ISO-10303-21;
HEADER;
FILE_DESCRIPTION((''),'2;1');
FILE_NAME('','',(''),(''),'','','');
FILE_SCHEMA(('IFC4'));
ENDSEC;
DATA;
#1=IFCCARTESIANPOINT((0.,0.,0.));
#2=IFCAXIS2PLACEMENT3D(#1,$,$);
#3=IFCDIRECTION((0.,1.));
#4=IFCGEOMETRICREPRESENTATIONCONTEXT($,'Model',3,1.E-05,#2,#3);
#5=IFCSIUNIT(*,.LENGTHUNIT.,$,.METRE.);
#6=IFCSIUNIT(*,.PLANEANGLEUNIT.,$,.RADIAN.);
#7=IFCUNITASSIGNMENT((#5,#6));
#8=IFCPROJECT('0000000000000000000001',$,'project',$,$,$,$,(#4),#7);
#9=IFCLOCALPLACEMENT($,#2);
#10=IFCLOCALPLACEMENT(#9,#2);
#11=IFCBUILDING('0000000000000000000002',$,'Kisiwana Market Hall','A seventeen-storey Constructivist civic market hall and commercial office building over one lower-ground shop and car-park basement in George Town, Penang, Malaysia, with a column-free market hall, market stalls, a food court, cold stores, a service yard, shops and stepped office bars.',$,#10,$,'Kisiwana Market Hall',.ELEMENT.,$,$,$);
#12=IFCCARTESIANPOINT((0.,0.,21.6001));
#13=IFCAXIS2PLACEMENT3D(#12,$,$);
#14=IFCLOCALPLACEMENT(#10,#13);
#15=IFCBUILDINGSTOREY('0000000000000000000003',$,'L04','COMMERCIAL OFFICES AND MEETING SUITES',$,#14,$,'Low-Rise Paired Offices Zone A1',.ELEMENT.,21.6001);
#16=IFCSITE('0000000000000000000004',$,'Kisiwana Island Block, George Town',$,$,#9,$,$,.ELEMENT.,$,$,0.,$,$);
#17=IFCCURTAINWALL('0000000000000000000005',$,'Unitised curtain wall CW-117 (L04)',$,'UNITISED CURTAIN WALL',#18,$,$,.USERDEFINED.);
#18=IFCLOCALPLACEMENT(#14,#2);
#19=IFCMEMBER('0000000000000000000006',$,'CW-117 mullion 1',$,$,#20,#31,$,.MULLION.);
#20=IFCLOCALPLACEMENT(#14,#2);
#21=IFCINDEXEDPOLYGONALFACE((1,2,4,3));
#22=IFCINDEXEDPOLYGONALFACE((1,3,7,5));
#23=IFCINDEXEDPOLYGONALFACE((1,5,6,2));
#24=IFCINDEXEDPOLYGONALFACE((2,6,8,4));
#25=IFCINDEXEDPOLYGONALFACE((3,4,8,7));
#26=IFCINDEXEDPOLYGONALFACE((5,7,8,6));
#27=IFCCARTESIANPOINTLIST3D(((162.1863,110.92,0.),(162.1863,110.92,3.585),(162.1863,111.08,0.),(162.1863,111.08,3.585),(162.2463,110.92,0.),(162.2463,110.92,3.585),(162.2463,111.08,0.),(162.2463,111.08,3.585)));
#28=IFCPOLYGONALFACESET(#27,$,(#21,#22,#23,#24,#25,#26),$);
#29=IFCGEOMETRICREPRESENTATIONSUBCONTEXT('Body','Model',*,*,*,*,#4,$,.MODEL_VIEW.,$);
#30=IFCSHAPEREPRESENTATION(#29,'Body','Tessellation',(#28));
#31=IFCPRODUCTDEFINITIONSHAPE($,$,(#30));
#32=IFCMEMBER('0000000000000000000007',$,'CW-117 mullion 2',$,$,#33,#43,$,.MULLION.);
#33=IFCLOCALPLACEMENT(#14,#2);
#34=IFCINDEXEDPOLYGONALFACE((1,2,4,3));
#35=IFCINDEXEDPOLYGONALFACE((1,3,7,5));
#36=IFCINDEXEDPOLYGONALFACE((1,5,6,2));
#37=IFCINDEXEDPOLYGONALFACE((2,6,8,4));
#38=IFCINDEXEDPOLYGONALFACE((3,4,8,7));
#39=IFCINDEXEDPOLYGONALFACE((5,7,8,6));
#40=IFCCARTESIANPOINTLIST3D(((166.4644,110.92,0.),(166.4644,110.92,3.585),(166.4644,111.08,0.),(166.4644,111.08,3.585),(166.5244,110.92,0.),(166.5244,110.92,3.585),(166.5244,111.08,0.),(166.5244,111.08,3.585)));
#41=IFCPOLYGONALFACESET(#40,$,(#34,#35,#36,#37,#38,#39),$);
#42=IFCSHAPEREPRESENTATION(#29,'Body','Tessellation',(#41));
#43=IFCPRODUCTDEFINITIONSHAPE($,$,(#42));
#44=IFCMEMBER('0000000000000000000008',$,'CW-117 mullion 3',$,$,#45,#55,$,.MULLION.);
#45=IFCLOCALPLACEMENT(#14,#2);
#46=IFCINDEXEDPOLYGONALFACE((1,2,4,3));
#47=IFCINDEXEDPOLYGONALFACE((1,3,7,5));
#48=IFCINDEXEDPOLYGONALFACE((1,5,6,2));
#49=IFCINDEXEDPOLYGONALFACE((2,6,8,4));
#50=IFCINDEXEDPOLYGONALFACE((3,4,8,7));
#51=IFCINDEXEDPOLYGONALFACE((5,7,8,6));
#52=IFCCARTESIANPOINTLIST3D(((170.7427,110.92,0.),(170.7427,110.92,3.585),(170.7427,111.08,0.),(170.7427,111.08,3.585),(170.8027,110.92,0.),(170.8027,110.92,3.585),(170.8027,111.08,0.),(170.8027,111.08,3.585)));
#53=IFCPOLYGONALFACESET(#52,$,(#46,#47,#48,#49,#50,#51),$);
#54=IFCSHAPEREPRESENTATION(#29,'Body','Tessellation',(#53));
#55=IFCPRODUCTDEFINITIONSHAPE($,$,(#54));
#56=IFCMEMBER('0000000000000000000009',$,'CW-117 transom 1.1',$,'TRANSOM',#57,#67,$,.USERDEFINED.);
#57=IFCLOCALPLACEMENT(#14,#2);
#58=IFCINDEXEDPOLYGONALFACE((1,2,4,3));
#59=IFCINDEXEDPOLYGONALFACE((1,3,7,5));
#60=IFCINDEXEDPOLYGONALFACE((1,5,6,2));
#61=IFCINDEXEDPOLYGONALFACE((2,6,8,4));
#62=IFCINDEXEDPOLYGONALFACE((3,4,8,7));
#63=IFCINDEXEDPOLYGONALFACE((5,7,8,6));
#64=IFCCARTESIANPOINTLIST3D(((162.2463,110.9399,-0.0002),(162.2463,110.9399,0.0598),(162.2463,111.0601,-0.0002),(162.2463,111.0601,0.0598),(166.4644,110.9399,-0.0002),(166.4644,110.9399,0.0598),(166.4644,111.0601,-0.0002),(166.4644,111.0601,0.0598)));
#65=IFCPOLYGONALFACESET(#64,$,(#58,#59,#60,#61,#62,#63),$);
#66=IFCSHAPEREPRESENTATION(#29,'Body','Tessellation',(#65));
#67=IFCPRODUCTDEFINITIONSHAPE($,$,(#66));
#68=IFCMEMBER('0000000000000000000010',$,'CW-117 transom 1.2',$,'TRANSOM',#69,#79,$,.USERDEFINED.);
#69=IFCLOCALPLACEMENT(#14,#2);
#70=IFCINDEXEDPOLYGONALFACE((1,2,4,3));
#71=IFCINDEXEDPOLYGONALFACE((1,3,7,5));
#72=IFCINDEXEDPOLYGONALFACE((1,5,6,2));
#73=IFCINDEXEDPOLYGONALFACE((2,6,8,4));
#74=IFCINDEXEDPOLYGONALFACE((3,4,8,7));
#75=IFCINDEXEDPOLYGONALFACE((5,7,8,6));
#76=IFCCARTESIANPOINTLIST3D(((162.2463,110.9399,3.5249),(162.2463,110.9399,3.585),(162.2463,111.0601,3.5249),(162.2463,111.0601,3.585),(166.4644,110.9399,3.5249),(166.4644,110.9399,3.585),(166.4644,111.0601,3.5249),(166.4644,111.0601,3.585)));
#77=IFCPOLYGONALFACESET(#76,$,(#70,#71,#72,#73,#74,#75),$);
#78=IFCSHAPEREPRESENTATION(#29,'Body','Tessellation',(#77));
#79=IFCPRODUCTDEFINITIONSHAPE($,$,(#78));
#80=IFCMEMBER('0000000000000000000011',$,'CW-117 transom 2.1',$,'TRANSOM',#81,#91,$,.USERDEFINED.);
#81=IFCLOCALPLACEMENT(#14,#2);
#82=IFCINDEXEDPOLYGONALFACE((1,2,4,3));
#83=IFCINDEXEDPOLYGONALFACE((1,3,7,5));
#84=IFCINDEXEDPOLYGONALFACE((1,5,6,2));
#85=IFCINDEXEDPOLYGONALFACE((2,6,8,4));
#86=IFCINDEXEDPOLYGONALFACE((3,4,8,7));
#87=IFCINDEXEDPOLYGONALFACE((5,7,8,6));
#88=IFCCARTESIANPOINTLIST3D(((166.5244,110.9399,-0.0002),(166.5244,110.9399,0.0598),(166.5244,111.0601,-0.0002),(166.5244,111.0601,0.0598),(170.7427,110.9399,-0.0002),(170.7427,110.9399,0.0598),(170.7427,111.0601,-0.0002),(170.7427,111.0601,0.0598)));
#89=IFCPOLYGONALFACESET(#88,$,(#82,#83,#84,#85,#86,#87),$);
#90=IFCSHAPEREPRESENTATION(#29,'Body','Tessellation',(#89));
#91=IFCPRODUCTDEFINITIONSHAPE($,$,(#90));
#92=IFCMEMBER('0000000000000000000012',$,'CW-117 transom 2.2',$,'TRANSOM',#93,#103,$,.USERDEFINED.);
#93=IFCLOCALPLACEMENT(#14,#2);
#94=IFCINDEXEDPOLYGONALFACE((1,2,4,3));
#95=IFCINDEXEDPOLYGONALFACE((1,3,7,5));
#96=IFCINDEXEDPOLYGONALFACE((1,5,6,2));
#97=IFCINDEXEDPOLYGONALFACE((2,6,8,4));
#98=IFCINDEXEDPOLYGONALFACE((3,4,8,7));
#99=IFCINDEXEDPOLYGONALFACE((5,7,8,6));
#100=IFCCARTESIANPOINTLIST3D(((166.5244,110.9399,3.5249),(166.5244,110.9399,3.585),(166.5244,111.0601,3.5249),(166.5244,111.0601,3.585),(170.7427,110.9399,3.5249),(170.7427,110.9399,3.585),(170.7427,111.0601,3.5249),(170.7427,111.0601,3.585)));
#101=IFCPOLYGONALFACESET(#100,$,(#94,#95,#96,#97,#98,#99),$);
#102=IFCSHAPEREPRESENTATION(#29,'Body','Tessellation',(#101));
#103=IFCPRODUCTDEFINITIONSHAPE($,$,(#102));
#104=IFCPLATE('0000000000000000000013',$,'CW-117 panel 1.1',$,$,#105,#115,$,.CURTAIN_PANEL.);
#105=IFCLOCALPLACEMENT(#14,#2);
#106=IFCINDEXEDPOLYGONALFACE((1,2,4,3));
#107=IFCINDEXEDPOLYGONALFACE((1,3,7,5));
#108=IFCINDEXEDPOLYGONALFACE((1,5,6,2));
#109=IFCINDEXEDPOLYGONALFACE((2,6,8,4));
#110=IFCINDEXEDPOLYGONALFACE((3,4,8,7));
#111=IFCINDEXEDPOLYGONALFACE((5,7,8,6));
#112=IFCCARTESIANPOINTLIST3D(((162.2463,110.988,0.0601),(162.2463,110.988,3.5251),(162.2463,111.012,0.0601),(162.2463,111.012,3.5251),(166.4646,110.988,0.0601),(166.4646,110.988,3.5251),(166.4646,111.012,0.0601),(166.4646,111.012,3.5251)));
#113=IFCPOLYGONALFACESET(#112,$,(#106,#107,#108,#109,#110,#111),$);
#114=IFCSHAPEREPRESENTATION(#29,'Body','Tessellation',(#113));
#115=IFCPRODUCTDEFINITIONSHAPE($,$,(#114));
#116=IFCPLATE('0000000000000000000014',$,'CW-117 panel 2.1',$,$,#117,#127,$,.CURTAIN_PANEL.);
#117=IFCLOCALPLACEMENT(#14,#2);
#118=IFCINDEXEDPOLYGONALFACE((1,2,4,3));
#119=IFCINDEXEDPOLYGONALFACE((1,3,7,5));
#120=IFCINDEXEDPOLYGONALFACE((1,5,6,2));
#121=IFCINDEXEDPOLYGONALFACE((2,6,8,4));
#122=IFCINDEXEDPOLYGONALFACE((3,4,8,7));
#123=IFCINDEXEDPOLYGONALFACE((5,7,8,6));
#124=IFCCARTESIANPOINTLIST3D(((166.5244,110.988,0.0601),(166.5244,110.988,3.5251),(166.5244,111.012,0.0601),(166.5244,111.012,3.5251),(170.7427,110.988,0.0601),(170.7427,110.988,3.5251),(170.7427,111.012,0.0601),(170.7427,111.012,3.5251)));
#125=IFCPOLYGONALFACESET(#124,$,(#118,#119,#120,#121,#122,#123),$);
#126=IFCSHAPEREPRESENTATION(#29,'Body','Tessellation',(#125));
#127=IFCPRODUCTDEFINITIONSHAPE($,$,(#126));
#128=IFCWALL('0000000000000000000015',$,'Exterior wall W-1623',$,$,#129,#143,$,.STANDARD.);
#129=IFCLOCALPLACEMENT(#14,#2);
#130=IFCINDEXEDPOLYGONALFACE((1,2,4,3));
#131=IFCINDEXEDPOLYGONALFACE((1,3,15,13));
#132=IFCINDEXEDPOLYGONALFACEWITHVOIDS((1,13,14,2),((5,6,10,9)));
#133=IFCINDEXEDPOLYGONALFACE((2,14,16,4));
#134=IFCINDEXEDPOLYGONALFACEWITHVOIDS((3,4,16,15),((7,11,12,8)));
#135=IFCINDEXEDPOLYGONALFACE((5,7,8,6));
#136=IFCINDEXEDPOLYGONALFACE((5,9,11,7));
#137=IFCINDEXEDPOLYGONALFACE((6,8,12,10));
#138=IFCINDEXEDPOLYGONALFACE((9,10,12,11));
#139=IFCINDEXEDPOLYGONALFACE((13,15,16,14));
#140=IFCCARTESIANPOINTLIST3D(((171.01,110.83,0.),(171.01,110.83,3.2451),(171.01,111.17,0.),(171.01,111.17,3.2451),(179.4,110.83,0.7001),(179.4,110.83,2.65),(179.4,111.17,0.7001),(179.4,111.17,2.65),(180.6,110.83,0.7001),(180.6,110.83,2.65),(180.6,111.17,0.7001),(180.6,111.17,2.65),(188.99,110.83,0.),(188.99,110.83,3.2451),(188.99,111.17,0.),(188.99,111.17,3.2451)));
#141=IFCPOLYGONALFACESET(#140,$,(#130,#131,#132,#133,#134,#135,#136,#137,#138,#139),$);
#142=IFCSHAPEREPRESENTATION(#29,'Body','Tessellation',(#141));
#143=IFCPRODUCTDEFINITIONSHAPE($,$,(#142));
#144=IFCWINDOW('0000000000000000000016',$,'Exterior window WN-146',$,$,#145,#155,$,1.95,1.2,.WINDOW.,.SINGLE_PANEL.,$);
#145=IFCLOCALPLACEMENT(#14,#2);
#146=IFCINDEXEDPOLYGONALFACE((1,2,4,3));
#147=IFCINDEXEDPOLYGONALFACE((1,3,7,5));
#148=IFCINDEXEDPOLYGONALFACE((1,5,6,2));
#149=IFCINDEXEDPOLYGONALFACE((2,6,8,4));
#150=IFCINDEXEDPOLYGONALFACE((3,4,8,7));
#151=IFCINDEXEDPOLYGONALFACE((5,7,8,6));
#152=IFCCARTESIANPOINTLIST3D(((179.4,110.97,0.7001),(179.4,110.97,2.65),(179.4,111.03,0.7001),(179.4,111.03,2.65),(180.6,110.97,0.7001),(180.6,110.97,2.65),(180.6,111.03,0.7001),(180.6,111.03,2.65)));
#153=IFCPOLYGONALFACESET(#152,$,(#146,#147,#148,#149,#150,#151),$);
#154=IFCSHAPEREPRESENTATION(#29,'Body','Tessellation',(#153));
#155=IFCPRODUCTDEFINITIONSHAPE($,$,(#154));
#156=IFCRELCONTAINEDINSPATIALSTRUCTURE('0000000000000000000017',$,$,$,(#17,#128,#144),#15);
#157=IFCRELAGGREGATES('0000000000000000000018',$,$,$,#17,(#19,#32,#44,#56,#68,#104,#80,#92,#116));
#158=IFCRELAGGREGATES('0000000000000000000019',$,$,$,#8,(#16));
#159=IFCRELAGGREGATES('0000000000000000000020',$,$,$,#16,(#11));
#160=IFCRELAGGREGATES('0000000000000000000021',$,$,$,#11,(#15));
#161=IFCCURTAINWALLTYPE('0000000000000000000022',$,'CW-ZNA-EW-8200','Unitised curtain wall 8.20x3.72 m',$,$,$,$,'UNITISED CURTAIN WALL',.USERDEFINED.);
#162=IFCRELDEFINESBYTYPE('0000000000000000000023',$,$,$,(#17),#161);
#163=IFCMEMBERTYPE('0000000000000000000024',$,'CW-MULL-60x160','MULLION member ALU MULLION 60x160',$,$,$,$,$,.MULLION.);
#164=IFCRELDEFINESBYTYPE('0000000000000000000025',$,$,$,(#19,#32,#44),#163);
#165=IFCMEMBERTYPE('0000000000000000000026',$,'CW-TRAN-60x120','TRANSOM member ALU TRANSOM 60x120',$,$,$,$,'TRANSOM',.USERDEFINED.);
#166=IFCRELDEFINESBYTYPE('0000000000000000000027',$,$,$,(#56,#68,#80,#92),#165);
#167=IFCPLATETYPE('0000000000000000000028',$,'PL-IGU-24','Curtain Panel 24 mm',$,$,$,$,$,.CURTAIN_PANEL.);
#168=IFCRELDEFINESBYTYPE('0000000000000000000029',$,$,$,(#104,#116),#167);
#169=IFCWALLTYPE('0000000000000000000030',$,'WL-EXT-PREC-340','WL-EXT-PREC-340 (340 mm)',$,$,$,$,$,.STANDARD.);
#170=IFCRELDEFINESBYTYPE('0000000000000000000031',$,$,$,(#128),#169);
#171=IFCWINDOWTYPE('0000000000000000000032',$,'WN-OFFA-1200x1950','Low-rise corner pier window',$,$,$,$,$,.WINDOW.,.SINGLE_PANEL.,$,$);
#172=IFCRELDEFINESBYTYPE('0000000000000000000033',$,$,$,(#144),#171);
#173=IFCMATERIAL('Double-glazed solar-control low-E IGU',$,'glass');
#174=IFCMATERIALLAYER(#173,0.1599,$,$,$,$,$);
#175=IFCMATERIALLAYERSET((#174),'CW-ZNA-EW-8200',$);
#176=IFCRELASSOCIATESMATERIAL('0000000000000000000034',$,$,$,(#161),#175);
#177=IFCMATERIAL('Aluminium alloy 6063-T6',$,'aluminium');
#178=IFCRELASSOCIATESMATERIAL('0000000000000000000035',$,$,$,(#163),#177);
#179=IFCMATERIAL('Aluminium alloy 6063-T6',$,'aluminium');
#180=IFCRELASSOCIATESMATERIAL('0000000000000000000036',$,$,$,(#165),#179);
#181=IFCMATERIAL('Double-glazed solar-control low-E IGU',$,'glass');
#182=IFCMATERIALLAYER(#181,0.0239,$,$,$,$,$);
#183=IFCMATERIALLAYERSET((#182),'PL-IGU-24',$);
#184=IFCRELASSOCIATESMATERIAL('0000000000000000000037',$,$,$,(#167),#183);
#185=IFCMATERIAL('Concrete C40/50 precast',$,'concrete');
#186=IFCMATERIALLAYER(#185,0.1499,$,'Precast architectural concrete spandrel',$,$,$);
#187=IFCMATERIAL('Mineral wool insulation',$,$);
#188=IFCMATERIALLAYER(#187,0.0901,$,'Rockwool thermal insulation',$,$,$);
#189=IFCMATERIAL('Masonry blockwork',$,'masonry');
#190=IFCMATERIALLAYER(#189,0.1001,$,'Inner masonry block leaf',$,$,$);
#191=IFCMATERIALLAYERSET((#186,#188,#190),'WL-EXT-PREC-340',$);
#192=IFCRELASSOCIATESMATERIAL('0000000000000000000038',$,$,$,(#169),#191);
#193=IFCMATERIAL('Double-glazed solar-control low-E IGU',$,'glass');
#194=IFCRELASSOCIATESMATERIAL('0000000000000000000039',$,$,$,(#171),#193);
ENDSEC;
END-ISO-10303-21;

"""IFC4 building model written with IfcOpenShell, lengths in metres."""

from ifc_helpers import new_model, si_unit, direction, frame, frame_2d, origin, origin_2d, place, context, subcontext, project, spatial, rectangle, extrude, material, layer, layer_set, material_profile, profile_set, type_object, element, fill, aggregate, save


model = new_model("IFC4")

# Units and contexts
model_context = context("Model", 3, precision=1e-05, world=origin(), true_north=direction((0.0, 1.0)))
body_context = subcontext(model_context, "Body", "Model", "MODEL_VIEW")
ifc_project = project(units=[si_unit("LENGTHUNIT", "METRE"), si_unit("PLANEANGLEUNIT", "RADIAN")], contexts=[model_context])

# Site, building, storey
site_placement = place(None, origin())
site = spatial("IfcSite", under=ifc_project, at=site_placement, Name="Kisiwana Island Block, George Town", CompositionType="ELEMENT", RefElevation=0.0)
building_placement = place(site_placement, origin())
building = spatial("IfcBuilding", under=site, at=building_placement, Name="Kisiwana Market Hall", Description="A seventeen-storey Constructivist civic market hall and commercial office building over one lower-ground shop and car-park basement in George Town, Penang, Malaysia, with a column-free market hall, market stalls, a food court, cold stores, a service yard, shops and stepped office bars.", LongName="Kisiwana Market Hall", CompositionType="ELEMENT")
storey_placement = place(building_placement, frame((0.0, 0.0, 21.6001)))
storey = spatial("IfcBuildingStorey", under=building, at=storey_placement, Name="L04", Description="COMMERCIAL OFFICES AND MEETING SUITES", LongName="Low-Rise Paired Offices Zone A1", CompositionType="ELEMENT", Elevation=21.6001)

# Curtain wall, members, plates
ifc_material_1 = material(Name="Double-glazed solar-control low-E IGU", Category="glass")
ifc_layer_1 = layer(ifc_material_1, 0.1599)
ifc_layer_set_1 = layer_set([ifc_layer_1], Name="CW-ZNA-EW-8200")
curtain_wall_type = type_object("IfcCurtainWallType", Name="CW-ZNA-EW-8200", Description="Unitised curtain wall 8.20x3.72 m", ElementType="UNITISED CURTAIN WALL", PredefinedType="USERDEFINED", material=ifc_layer_set_1)
curtain_wall_placement = place(storey_placement, origin())
curtain_wall = element("IfcCurtainWall", 1, at=curtain_wall_placement, inside=storey, type_object=curtain_wall_type, Name="Unitised curtain wall CW-117 (L04)", ObjectType="UNITISED CURTAIN WALL", PredefinedType="USERDEFINED")
ifc_material_2 = material(Name="Aluminium alloy 6063-T6", Category="aluminium")
ifc_material_profile_1 = material_profile(ifc_material_2, rectangle(XDim=0.0601, YDim=0.1599, at=origin_2d()), Name="ALU MULLION 60x160")
ifc_profile_set_1 = profile_set([ifc_material_profile_1], Name="Aluminium alloy 6063-T6")
member_type_1 = type_object("IfcMemberType", Name="CW-MULL-60x160", Description="MULLION member ALU MULLION 60x160", PredefinedType="MULLION", material=ifc_profile_set_1)
member_1_placement = place(storey_placement, frame((162.2163, 111.0, 0.0), z_axis=(0.0, 0.0, 1.0), x_axis=(1.0, 0.0, 0.0)))
member_1 = element("IfcMember", 2, at=member_1_placement, type_object=member_type_1, Name="CW-117 mullion 1", PredefinedType="MULLION", context=body_context, shape_type="SweptSolid", body=[
    extrude(rectangle(XDim=0.0601, YDim=0.1599, at=origin_2d()), origin(), (0.0, 0.0, 1.0), 3.585),
])
member_2_placement = place(storey_placement, frame((166.4944, 111.0, 0.0), z_axis=(0.0, 0.0, 1.0), x_axis=(1.0, 0.0, 0.0)))
member_2 = element("IfcMember", 3, at=member_2_placement, type_object=member_type_1, Name="CW-117 mullion 2", PredefinedType="MULLION", context=body_context, shape_type="SweptSolid", body=[
    extrude(rectangle(XDim=0.0601, YDim=0.1599, at=origin_2d()), origin(), (0.0, 0.0, 1.0), 3.585),
])
member_3_placement = place(storey_placement, frame((170.7727, 111.0, 0.0), z_axis=(0.0, 0.0, 1.0), x_axis=(1.0, 0.0, 0.0)))
member_3 = element("IfcMember", 4, at=member_3_placement, type_object=member_type_1, Name="CW-117 mullion 3", PredefinedType="MULLION", context=body_context, shape_type="SweptSolid", body=[
    extrude(rectangle(XDim=0.0601, YDim=0.1599, at=origin_2d()), origin(), (0.0, 0.0, 1.0), 3.585),
])
ifc_material_3 = material(Name="Aluminium alloy 6063-T6", Category="aluminium")
ifc_material_profile_2 = material_profile(ifc_material_3, rectangle(XDim=0.1201, YDim=0.0601, at=origin_2d()), Name="ALU TRANSOM 60x120")
ifc_profile_set_2 = profile_set([ifc_material_profile_2], Name="Aluminium alloy 6063-T6")
member_type_2 = type_object("IfcMemberType", Name="CW-TRAN-60x120", Description="TRANSOM member ALU TRANSOM 60x120", ElementType="TRANSOM", PredefinedType="USERDEFINED", material=ifc_profile_set_2)
member_4_placement = place(storey_placement, frame((162.2463, 111.0, 0.0298), z_axis=(1.0, 0.0, 0.0), x_axis=(0.0, 1.0, 0.0)))
member_4 = element("IfcMember", 5, at=member_4_placement, type_object=member_type_2, Name="CW-117 transom 1.1", ObjectType="TRANSOM", PredefinedType="USERDEFINED", context=body_context, shape_type="SweptSolid", body=[
    extrude(rectangle(XDim=0.1201, YDim=0.0601, at=origin_2d()), origin(), (0.0, 0.0, 1.0), 4.218),
])
member_5_placement = place(storey_placement, frame((162.2463, 111.0, 3.5549), z_axis=(1.0, 0.0, 0.0), x_axis=(0.0, 1.0, 0.0)))
member_5 = element("IfcMember", 6, at=member_5_placement, type_object=member_type_2, Name="CW-117 transom 1.2", ObjectType="TRANSOM", PredefinedType="USERDEFINED", context=body_context, shape_type="SweptSolid", body=[
    extrude(rectangle(XDim=0.1201, YDim=0.0601, at=origin_2d()), origin(), (0.0, 0.0, 1.0), 4.218),
])
member_6_placement = place(storey_placement, frame((166.5244, 111.0, 0.0298), z_axis=(1.0, 0.0, 0.0), x_axis=(0.0, 1.0, 0.0)))
member_6 = element("IfcMember", 7, at=member_6_placement, type_object=member_type_2, Name="CW-117 transom 2.1", ObjectType="TRANSOM", PredefinedType="USERDEFINED", context=body_context, shape_type="SweptSolid", body=[
    extrude(rectangle(XDim=0.1201, YDim=0.0601, at=origin_2d()), origin(), (0.0, 0.0, 1.0), 4.2183),
])
member_7_placement = place(storey_placement, frame((166.5244, 111.0, 3.5549), z_axis=(1.0, 0.0, 0.0), x_axis=(0.0, 1.0, 0.0)))
member_7 = element("IfcMember", 8, at=member_7_placement, type_object=member_type_2, Name="CW-117 transom 2.2", ObjectType="TRANSOM", PredefinedType="USERDEFINED", context=body_context, shape_type="SweptSolid", body=[
    extrude(rectangle(XDim=0.1201, YDim=0.0601, at=origin_2d()), origin(), (0.0, 0.0, 1.0), 4.2183),
])
ifc_material_4 = material(Name="Double-glazed solar-control low-E IGU", Category="glass")
ifc_layer_2 = layer(ifc_material_4, 0.0239)
ifc_layer_set_2 = layer_set([ifc_layer_2], Name="PL-IGU-24")
plate_type = type_object("IfcPlateType", Name="PL-IGU-24", Description="Curtain Panel 24 mm", PredefinedType="CURTAIN_PANEL", material=ifc_layer_set_2)
plate_1_placement = place(storey_placement, frame((164.3555, 111.0, 0.0601), z_axis=(0.0, 0.0, 1.0), x_axis=(1.0, 0.0, 0.0)))
plate_1 = element("IfcPlate", 9, at=plate_1_placement, type_object=plate_type, Name="CW-117 panel 1.1", PredefinedType="CURTAIN_PANEL", context=body_context, shape_type="SweptSolid", body=[
    extrude(rectangle(XDim=4.2183, YDim=0.0239, at=origin_2d()), origin(), (0.0, 0.0, 1.0), 3.4651),
])
plate_2_placement = place(storey_placement, frame((168.6335, 111.0, 0.0601), z_axis=(0.0, 0.0, 1.0), x_axis=(1.0, 0.0, 0.0)))
plate_2 = element("IfcPlate", 10, at=plate_2_placement, type_object=plate_type, Name="CW-117 panel 2.1", PredefinedType="CURTAIN_PANEL", context=body_context, shape_type="SweptSolid", body=[
    extrude(rectangle(XDim=4.2183, YDim=0.0239, at=origin_2d()), origin(), (0.0, 0.0, 1.0), 3.4651),
])
aggregate(curtain_wall, [member_1, member_2, member_3, member_4, member_5, plate_1, member_6, member_7, plate_2])

# Wall, opening, window
ifc_material_5 = material(Name="Concrete C40/50 precast", Category="concrete")
ifc_layer_3 = layer(ifc_material_5, 0.1499, Name="Precast architectural concrete spandrel")
ifc_material_6 = material(Name="Mineral wool insulation")
ifc_layer_4 = layer(ifc_material_6, 0.0901, Name="Rockwool thermal insulation")
ifc_material_7 = material(Name="Masonry blockwork", Category="masonry")
ifc_layer_5 = layer(ifc_material_7, 0.1001, Name="Inner masonry block leaf")
ifc_layer_set_3 = layer_set([ifc_layer_3, ifc_layer_4, ifc_layer_5], Name="WL-EXT-PREC-340")
wall_type = type_object("IfcWallType", Name="WL-EXT-PREC-340", Description="WL-EXT-PREC-340 (340 mm)", PredefinedType="STANDARD", material=ifc_layer_set_3)
wall_placement = place(storey_placement, frame((171.01, 111.0, 0.0), z_axis=(0.0, 0.0, 1.0), x_axis=(1.0, 0.0, 0.0)))
wall = element("IfcWall", 11, at=wall_placement, inside=storey, type_object=wall_type, Name="Exterior wall W-1623", PredefinedType="STANDARD", context=body_context, shape_type="SweptSolid", body=[
    extrude(rectangle(XDim=17.98, YDim=0.3401, at=frame_2d((8.99, 0.0))), origin(), (0.0, 0.0, 1.0), 3.2451),
])
opening_placement = place(wall_placement, frame((8.3899, 0.0, 0.7)))
opening = element("IfcOpeningElement", 12, at=opening_placement, cuts=wall, PredefinedType="OPENING", context=body_context, shape_type="SweptSolid", body=[
    extrude(rectangle(XDim=1.2, YDim=1.95, at=frame_2d((0.6001, 0.9751))), frame((0.0, 0.1821, 0.0), z_axis=(0.0, -1.0, 0.0), x_axis=(1.0, 0.0, 0.0)), (0.0, 0.0, 1.0), 0.364),
])
ifc_material_8 = material(Name="Double-glazed solar-control low-E IGU", Category="glass")
window_type = type_object("IfcWindowType", Name="WN-OFFA-1200x1950", Description="Low-rise corner pier window", PartitioningType="SINGLE_PANEL", PredefinedType="WINDOW", material=ifc_material_8)
window_placement = place(opening_placement, origin())
window = element("IfcWindow", 13, at=window_placement, inside=storey, type_object=window_type, Name="Exterior window WN-146", OverallHeight=1.95, OverallWidth=1.2, PartitioningType="SINGLE_PANEL", PredefinedType="WINDOW", context=body_context, shape_type="SweptSolid", body=[
    extrude(rectangle(XDim=1.2, YDim=1.95, at=frame_2d((0.6001, 0.9751))), frame((0.0, 0.03, 0.0), z_axis=(0.0, -1.0, 0.0), x_axis=(1.0, 0.0, 0.0)), (0.0, 0.0, 1.0), 0.0601),
])
fill(opening, window)

save(model, "model.ifc")
